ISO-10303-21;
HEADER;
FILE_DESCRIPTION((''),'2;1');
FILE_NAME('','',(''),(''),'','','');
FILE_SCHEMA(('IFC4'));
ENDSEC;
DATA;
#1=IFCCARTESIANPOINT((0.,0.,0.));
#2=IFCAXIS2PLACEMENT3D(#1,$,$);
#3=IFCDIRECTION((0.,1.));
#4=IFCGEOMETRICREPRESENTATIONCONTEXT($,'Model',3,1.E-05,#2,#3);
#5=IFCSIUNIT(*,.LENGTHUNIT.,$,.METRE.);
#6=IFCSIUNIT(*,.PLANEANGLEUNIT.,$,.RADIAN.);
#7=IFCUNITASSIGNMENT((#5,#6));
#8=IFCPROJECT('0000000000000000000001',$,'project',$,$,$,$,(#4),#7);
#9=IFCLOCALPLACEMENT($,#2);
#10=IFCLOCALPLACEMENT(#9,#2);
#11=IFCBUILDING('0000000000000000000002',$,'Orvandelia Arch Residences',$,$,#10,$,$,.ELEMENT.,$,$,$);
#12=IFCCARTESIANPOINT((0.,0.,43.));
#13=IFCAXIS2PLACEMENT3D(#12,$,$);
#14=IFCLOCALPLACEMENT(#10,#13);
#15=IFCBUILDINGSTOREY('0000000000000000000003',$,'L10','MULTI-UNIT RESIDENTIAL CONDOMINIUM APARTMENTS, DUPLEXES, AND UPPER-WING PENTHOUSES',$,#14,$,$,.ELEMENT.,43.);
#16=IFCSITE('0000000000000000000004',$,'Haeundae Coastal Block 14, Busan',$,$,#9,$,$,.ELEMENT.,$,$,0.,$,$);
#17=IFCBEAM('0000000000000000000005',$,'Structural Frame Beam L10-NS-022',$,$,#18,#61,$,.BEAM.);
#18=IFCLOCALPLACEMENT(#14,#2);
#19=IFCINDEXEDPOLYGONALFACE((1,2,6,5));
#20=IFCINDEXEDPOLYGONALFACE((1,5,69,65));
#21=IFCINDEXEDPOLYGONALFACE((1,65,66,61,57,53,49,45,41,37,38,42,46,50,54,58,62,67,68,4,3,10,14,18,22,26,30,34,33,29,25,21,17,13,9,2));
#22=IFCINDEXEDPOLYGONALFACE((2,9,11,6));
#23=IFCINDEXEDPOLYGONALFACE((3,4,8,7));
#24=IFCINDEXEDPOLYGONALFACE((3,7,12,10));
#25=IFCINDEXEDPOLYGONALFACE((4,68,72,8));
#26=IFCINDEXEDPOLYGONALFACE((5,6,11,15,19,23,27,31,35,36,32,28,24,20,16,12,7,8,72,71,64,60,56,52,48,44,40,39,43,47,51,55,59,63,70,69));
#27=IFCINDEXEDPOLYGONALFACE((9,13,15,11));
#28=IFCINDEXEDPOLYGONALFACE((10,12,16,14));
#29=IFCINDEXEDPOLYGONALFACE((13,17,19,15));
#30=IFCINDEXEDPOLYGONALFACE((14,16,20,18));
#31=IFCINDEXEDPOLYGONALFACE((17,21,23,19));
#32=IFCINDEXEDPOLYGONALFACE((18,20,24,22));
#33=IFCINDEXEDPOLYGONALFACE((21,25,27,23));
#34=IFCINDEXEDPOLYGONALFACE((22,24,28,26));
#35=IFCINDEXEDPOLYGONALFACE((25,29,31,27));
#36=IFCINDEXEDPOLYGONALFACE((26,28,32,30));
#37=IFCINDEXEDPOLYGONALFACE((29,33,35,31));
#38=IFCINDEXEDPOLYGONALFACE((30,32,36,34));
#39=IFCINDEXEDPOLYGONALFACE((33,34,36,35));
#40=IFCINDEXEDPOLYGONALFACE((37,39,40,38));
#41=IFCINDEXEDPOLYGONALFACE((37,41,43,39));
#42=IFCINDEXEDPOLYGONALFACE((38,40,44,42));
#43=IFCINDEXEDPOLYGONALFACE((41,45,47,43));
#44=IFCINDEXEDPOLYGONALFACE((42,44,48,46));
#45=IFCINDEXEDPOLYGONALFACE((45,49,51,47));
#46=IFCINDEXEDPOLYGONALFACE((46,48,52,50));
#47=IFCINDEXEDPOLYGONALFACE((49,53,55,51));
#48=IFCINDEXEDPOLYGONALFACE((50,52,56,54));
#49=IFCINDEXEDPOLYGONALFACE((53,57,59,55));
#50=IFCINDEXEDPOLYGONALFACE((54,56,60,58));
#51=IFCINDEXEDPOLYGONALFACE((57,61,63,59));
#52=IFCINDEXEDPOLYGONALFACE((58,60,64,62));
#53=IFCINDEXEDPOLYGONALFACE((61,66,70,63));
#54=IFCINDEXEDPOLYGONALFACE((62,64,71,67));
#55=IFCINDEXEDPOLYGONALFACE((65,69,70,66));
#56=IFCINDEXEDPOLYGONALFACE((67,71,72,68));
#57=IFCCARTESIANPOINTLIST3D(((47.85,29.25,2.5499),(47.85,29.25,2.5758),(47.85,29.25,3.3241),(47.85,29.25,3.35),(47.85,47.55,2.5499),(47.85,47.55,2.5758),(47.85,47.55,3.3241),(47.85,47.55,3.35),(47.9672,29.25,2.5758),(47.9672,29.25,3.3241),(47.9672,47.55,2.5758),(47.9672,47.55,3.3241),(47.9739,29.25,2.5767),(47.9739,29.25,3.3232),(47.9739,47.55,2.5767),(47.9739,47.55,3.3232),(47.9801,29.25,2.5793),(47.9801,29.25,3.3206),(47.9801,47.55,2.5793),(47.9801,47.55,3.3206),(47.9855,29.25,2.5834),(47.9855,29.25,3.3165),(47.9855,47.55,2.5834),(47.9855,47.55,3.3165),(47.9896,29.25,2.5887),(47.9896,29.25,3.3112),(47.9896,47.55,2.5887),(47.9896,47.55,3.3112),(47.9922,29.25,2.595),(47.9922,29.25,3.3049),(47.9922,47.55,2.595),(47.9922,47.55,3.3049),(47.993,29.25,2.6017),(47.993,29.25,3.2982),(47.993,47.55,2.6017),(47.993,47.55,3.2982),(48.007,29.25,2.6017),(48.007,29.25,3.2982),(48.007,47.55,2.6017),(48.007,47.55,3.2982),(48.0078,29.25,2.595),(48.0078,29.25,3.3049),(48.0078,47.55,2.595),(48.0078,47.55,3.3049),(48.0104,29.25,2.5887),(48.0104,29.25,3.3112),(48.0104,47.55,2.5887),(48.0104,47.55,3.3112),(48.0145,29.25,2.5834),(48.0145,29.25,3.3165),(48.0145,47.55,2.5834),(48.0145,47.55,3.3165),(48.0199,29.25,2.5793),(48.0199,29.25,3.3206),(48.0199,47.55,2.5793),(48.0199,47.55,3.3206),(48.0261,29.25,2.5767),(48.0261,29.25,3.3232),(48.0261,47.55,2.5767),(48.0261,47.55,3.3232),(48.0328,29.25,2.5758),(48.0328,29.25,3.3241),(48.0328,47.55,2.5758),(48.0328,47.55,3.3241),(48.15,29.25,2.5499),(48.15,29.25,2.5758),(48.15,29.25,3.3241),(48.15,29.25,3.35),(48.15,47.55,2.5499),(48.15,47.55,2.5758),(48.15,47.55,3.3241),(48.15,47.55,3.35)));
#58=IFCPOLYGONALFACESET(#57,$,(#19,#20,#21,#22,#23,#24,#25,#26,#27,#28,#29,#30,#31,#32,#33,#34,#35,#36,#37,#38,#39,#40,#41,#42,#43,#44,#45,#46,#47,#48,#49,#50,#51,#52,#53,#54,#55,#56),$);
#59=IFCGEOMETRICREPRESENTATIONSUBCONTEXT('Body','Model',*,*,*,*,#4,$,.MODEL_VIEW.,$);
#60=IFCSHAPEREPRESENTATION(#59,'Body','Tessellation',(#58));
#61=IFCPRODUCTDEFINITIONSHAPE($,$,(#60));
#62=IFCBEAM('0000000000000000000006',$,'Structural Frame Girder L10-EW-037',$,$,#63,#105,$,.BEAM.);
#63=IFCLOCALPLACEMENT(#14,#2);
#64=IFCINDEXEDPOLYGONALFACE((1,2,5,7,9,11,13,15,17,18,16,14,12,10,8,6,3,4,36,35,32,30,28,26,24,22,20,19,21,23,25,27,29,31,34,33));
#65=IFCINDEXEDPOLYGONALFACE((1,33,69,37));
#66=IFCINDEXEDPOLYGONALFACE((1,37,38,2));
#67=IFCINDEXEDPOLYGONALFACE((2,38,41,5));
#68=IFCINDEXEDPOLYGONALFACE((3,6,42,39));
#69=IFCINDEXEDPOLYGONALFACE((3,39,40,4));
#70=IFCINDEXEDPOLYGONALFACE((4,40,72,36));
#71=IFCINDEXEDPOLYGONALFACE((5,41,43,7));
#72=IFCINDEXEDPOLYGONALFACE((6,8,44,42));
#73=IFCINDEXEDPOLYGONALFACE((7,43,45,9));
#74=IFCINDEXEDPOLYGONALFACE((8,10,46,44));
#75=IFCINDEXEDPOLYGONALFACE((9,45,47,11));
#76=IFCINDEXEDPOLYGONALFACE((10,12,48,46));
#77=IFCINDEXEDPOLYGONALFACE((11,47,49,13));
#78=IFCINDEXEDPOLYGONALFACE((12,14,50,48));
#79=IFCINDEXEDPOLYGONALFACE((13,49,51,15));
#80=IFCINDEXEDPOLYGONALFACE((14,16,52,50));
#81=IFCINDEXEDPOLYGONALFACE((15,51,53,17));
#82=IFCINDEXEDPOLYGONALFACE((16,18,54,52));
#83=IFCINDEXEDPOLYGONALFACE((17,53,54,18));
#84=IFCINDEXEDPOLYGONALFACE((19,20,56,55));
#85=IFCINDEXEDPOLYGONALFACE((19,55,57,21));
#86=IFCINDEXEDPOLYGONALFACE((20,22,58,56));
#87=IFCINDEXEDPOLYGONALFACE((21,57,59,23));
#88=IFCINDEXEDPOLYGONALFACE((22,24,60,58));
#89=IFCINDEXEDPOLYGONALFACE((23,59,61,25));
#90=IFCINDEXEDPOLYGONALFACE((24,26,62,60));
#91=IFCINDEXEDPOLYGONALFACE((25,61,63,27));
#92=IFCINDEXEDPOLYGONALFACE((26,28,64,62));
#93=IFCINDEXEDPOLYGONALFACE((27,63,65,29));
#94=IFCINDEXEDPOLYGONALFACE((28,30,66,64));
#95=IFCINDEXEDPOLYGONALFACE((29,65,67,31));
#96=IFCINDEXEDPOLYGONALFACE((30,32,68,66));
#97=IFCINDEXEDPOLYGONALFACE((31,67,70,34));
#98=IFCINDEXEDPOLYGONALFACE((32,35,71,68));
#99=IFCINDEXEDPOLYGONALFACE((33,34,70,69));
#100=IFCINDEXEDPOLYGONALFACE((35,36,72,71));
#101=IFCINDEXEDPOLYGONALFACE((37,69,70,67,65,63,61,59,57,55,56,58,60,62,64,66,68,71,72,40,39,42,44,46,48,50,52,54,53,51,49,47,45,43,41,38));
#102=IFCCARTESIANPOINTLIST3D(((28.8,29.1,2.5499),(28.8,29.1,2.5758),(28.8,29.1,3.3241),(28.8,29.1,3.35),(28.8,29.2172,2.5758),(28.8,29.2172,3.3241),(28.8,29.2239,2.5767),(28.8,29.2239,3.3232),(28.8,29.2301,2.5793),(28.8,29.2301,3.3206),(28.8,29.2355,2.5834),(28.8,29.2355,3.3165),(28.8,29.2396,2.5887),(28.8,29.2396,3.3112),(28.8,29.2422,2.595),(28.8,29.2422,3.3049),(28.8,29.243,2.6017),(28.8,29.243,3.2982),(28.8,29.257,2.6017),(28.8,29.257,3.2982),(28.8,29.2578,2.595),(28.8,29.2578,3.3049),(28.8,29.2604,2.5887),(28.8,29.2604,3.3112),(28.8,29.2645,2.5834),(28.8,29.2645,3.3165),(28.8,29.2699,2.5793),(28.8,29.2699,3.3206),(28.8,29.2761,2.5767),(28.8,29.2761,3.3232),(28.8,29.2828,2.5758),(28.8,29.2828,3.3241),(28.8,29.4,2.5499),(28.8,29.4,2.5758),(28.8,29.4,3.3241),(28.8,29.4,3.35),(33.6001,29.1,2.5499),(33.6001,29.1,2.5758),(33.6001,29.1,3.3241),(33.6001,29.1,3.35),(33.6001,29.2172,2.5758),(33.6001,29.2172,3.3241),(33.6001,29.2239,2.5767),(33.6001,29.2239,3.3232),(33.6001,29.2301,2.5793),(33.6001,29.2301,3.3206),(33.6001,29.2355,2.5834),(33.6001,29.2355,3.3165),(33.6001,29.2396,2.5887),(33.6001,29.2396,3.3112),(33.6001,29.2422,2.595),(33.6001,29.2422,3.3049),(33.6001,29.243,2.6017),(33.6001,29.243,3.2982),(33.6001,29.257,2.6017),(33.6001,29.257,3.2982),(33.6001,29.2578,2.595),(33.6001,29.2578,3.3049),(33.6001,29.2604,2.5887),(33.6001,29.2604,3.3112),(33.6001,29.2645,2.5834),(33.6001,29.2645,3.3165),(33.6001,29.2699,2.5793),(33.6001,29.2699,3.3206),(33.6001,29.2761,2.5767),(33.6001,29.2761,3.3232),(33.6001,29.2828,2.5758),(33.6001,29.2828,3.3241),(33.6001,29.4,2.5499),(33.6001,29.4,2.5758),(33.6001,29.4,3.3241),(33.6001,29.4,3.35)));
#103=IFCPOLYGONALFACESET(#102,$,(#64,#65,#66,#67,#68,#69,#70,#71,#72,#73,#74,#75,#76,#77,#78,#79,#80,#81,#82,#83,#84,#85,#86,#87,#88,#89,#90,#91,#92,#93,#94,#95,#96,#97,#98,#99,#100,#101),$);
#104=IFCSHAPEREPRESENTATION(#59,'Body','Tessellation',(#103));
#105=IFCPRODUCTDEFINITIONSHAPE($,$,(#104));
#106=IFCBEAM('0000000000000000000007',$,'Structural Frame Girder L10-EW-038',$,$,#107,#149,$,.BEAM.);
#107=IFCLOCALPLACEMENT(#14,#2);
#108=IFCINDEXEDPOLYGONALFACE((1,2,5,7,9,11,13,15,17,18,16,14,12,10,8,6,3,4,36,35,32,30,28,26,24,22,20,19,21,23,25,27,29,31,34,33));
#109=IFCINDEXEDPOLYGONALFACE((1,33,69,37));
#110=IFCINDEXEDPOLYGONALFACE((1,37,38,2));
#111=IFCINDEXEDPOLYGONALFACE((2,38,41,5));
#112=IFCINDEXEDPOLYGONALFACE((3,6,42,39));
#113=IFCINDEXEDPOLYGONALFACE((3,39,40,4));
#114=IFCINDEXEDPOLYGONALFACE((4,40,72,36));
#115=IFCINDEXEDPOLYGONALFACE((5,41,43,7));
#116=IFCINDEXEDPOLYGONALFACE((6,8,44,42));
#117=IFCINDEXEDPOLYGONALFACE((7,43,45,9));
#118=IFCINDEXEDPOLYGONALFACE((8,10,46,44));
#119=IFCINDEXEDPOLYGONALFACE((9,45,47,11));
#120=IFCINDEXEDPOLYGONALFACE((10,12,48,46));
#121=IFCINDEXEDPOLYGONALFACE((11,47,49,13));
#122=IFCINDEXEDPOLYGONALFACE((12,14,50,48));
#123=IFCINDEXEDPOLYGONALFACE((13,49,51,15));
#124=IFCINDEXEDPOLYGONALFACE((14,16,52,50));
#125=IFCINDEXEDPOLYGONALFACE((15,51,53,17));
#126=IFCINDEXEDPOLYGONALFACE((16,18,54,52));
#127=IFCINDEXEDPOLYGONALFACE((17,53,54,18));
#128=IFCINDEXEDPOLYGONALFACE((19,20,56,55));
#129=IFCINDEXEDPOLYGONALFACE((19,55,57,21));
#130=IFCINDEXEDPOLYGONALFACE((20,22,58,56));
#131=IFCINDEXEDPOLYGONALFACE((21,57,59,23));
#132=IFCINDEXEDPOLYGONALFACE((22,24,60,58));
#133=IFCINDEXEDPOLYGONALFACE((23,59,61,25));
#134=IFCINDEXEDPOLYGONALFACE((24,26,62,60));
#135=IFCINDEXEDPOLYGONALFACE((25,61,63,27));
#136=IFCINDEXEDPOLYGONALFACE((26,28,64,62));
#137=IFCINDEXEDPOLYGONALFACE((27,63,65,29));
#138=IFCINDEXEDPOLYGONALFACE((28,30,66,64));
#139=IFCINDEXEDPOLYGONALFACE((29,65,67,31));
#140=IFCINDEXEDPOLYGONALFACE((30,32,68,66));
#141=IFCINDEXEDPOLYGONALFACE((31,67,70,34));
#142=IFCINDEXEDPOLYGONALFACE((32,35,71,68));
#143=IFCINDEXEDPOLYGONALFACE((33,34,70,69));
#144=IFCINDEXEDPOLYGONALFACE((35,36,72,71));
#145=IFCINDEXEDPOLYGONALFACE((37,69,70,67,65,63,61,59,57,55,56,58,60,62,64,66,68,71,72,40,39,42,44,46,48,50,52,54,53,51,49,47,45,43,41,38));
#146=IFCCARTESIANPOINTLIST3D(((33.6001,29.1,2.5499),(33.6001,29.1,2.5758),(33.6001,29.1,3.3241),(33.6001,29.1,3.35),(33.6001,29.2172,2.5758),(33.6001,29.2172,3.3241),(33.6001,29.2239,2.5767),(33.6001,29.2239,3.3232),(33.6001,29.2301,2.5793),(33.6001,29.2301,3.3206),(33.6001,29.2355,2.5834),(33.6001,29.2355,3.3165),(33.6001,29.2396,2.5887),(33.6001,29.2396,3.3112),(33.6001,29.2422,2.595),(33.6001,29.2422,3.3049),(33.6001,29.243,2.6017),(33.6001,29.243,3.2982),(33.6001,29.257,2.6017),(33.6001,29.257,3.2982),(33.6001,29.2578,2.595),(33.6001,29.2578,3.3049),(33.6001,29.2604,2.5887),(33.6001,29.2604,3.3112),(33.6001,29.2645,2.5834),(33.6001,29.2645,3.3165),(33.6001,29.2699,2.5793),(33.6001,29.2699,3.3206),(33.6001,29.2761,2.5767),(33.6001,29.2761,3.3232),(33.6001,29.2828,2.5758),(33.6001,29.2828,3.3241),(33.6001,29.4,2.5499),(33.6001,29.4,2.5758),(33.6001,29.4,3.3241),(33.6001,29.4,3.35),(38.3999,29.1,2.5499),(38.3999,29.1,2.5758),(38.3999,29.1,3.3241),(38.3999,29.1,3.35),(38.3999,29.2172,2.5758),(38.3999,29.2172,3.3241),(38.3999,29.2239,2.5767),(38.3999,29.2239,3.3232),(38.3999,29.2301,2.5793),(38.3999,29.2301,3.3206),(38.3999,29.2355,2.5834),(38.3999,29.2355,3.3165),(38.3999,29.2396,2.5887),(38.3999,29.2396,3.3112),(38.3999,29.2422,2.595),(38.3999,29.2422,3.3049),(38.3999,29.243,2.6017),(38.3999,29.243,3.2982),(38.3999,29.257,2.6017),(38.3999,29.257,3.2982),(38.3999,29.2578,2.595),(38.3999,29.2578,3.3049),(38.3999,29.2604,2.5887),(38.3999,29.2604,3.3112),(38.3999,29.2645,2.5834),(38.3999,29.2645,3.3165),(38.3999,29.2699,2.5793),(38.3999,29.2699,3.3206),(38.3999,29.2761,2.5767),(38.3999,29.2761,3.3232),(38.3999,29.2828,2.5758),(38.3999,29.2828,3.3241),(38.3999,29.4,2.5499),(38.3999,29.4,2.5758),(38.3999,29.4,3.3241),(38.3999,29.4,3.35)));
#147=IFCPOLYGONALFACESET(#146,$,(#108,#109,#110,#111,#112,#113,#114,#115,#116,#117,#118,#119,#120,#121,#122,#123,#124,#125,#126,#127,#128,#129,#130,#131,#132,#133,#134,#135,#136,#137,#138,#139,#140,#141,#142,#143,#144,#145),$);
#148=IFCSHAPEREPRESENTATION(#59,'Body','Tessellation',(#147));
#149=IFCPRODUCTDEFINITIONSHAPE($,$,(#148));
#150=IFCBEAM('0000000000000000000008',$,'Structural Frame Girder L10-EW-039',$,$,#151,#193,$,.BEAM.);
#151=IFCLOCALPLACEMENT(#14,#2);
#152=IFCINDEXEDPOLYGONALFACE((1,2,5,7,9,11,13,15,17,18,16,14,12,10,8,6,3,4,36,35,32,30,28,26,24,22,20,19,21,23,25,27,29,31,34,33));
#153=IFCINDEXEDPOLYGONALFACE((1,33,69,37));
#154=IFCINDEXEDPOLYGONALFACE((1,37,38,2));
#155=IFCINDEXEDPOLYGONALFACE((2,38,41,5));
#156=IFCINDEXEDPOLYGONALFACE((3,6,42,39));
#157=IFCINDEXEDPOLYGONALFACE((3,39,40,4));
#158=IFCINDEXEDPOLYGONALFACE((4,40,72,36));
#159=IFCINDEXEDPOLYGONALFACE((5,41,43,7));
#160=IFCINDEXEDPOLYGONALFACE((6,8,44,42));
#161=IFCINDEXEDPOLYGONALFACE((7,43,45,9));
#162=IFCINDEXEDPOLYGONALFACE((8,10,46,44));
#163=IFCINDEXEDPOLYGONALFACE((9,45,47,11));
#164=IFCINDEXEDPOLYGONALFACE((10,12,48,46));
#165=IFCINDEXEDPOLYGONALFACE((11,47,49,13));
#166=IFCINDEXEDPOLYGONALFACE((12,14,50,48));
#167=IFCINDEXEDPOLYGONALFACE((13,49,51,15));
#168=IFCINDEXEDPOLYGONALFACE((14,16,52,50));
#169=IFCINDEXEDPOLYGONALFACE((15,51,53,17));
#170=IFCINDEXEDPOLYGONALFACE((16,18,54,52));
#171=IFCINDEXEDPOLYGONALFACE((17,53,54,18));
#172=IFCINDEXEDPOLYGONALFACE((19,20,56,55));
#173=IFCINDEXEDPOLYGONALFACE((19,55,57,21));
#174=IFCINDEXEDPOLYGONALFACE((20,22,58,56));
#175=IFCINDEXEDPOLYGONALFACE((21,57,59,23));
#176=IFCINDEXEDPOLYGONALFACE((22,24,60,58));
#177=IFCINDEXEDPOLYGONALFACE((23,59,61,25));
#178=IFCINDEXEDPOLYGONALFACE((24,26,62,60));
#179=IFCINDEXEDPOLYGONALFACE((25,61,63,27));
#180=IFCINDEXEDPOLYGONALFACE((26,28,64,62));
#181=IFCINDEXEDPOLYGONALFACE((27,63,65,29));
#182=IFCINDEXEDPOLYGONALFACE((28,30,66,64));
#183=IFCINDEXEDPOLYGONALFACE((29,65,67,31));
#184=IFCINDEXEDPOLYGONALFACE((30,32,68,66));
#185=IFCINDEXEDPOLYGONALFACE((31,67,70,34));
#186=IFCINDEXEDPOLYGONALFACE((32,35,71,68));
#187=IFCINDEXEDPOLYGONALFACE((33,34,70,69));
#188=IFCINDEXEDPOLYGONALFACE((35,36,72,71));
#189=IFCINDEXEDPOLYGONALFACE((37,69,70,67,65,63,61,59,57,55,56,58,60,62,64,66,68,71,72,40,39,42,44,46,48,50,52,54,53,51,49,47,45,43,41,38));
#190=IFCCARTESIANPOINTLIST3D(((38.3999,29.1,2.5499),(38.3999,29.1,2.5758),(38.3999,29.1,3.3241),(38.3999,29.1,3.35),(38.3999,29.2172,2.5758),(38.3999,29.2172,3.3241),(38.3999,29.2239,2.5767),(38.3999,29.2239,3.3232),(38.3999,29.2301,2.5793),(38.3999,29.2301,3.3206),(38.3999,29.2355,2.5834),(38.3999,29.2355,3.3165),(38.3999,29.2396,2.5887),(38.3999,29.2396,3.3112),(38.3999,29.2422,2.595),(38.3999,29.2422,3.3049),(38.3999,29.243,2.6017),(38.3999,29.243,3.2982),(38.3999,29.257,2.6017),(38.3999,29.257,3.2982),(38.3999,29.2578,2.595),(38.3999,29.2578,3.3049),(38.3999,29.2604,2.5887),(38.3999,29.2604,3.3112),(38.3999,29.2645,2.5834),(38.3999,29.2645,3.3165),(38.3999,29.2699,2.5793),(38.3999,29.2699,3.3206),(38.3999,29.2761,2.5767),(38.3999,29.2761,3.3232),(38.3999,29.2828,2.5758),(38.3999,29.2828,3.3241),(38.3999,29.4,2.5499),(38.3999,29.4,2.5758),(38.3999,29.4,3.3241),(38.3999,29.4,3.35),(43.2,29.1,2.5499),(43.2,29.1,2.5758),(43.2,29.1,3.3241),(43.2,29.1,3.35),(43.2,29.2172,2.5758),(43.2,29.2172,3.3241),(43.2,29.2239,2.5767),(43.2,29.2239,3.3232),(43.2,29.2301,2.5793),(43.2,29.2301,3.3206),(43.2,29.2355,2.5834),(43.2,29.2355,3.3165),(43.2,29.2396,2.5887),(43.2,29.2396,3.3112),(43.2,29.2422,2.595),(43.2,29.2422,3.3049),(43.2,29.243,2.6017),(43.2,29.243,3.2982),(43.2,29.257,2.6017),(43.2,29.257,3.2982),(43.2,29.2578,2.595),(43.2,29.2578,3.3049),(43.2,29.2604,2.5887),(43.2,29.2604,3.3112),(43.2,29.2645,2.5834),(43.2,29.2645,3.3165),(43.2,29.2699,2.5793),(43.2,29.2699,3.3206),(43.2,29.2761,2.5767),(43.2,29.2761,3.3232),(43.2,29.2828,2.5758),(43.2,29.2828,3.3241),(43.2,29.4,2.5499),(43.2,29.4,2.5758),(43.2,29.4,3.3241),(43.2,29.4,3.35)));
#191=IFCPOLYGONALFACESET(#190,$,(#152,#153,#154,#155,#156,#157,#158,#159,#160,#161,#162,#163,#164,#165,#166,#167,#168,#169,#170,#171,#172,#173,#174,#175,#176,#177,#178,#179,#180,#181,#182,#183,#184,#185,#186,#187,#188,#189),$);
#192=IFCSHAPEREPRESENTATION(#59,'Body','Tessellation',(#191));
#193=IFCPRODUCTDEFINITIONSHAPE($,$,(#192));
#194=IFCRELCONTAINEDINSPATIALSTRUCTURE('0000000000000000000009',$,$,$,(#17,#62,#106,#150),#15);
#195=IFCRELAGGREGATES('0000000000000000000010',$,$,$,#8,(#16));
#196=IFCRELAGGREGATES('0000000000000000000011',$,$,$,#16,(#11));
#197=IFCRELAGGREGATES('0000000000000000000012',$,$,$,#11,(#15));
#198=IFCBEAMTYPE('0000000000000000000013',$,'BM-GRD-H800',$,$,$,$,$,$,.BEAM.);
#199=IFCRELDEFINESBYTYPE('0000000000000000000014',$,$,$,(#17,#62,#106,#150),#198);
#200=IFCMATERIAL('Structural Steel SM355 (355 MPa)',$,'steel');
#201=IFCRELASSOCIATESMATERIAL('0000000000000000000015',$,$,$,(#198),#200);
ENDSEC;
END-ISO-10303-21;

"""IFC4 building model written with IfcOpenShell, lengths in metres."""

from ifc_helpers import new_model, si_unit, direction, frame, origin, origin_2d, place, context, subcontext, project, spatial, i_section, extrude, material, material_profile, profile_set, type_object, element, save


model = new_model("IFC4")

# Units and contexts
model_context = context("Model", 3, precision=1e-05, world=origin(), true_north=direction((0.0, 1.0)))
body_context = subcontext(model_context, "Body", "Model", "MODEL_VIEW")
ifc_project = project(units=[si_unit("LENGTHUNIT", "METRE"), si_unit("PLANEANGLEUNIT", "RADIAN")], contexts=[model_context])

# Site, building, storey
site_placement = place(None, origin())
site = spatial("IfcSite", under=ifc_project, at=site_placement, Name="Haeundae Coastal Block 14, Busan", CompositionType="ELEMENT", RefElevation=0.0)
building_placement = place(site_placement, origin())
building = spatial("IfcBuilding", under=site, at=building_placement, Name="Orvandelia Arch Residences", CompositionType="ELEMENT")
storey_placement = place(building_placement, frame((0.0, 0.0, 43.0)))
storey = spatial("IfcBuildingStorey", under=building, at=storey_placement, Name="L10", Description="MULTI-UNIT RESIDENTIAL CONDOMINIUM APARTMENTS, DUPLEXES, AND UPPER-WING PENTHOUSES", CompositionType="ELEMENT", Elevation=43.0)

# Beams
ifc_material_1 = material(Name="Structural Steel SM355 (355 MPa)", Category="steel")
ifc_material_profile_1 = material_profile(ifc_material_1, i_section(OverallWidth=0.3, OverallDepth=0.8, WebThickness=0.0139, FlangeThickness=0.0259, FilletRadius=0.0259, at=origin_2d()), Name="Structural Steel SM355 (355 MPa)", Category="steel")
ifc_profile_set_1 = profile_set([ifc_material_profile_1], Name="Structural Steel SM355 (355 MPa)")
beam_type = type_object("IfcBeamType", Name="BM-GRD-H800", PredefinedType="BEAM", material=ifc_profile_set_1)
for number, where, z_axis, x_axis, name in (
    (1, (48.0, 29.25, 2.95), (0.0, 1.0, 0.0), (-1.0, 0.0, 0.0), "Structural Frame Beam L10-NS-022"),
):
    element("IfcBeam", number, at=place(storey_placement, frame(where, z_axis=z_axis, x_axis=x_axis)), inside=storey, type_object=beam_type, Name=name, PredefinedType="BEAM", context=body_context, shape_type="SweptSolid", body=[
        extrude(i_section(OverallWidth=0.3, OverallDepth=0.8, WebThickness=0.0139, FlangeThickness=0.0259, FilletRadius=0.0259, at=origin_2d()), origin(), (0.0, 0.0, 1.0), 18.3),
    ])
beam_1_placement = place(storey_placement, frame((28.8, 29.25, 2.95), z_axis=(1.0, 0.0, 0.0), x_axis=(0.0, 1.0, 0.0)))
element("IfcBeam", 2, at=beam_1_placement, inside=storey, type_object=beam_type, Name="Structural Frame Girder L10-EW-037", PredefinedType="BEAM", context=body_context, shape_type="SweptSolid", body=[
    extrude(i_section(OverallWidth=0.3, OverallDepth=0.8, WebThickness=0.0139, FlangeThickness=0.0259, FilletRadius=0.0259, at=origin_2d()), origin(), (0.0, 0.0, 1.0), 4.8),
])
beam_2_placement = place(storey_placement, frame((33.6001, 29.25, 2.95), z_axis=(1.0, 0.0, 0.0), x_axis=(0.0, 1.0, 0.0)))
element("IfcBeam", 3, at=beam_2_placement, inside=storey, type_object=beam_type, Name="Structural Frame Girder L10-EW-038", PredefinedType="BEAM", context=body_context, shape_type="SweptSolid", body=[
    extrude(i_section(OverallWidth=0.3, OverallDepth=0.8, WebThickness=0.0139, FlangeThickness=0.0259, FilletRadius=0.0259, at=origin_2d()), origin(), (0.0, 0.0, 1.0), 4.7998),
])
for number, where, z_axis, x_axis, name in (
    (4, (38.3999, 29.25, 2.95), (1.0, 0.0, 0.0), (0.0, 1.0, 0.0), "Structural Frame Girder L10-EW-039"),
):
    element("IfcBeam", number, at=place(storey_placement, frame(where, z_axis=z_axis, x_axis=x_axis)), inside=storey, type_object=beam_type, Name=name, PredefinedType="BEAM", context=body_context, shape_type="SweptSolid", body=[
        extrude(i_section(OverallWidth=0.3, OverallDepth=0.8, WebThickness=0.0139, FlangeThickness=0.0259, FilletRadius=0.0259, at=origin_2d()), origin(), (0.0, 0.0, 1.0), 4.8),
    ])

save(model, "model.ifc")
